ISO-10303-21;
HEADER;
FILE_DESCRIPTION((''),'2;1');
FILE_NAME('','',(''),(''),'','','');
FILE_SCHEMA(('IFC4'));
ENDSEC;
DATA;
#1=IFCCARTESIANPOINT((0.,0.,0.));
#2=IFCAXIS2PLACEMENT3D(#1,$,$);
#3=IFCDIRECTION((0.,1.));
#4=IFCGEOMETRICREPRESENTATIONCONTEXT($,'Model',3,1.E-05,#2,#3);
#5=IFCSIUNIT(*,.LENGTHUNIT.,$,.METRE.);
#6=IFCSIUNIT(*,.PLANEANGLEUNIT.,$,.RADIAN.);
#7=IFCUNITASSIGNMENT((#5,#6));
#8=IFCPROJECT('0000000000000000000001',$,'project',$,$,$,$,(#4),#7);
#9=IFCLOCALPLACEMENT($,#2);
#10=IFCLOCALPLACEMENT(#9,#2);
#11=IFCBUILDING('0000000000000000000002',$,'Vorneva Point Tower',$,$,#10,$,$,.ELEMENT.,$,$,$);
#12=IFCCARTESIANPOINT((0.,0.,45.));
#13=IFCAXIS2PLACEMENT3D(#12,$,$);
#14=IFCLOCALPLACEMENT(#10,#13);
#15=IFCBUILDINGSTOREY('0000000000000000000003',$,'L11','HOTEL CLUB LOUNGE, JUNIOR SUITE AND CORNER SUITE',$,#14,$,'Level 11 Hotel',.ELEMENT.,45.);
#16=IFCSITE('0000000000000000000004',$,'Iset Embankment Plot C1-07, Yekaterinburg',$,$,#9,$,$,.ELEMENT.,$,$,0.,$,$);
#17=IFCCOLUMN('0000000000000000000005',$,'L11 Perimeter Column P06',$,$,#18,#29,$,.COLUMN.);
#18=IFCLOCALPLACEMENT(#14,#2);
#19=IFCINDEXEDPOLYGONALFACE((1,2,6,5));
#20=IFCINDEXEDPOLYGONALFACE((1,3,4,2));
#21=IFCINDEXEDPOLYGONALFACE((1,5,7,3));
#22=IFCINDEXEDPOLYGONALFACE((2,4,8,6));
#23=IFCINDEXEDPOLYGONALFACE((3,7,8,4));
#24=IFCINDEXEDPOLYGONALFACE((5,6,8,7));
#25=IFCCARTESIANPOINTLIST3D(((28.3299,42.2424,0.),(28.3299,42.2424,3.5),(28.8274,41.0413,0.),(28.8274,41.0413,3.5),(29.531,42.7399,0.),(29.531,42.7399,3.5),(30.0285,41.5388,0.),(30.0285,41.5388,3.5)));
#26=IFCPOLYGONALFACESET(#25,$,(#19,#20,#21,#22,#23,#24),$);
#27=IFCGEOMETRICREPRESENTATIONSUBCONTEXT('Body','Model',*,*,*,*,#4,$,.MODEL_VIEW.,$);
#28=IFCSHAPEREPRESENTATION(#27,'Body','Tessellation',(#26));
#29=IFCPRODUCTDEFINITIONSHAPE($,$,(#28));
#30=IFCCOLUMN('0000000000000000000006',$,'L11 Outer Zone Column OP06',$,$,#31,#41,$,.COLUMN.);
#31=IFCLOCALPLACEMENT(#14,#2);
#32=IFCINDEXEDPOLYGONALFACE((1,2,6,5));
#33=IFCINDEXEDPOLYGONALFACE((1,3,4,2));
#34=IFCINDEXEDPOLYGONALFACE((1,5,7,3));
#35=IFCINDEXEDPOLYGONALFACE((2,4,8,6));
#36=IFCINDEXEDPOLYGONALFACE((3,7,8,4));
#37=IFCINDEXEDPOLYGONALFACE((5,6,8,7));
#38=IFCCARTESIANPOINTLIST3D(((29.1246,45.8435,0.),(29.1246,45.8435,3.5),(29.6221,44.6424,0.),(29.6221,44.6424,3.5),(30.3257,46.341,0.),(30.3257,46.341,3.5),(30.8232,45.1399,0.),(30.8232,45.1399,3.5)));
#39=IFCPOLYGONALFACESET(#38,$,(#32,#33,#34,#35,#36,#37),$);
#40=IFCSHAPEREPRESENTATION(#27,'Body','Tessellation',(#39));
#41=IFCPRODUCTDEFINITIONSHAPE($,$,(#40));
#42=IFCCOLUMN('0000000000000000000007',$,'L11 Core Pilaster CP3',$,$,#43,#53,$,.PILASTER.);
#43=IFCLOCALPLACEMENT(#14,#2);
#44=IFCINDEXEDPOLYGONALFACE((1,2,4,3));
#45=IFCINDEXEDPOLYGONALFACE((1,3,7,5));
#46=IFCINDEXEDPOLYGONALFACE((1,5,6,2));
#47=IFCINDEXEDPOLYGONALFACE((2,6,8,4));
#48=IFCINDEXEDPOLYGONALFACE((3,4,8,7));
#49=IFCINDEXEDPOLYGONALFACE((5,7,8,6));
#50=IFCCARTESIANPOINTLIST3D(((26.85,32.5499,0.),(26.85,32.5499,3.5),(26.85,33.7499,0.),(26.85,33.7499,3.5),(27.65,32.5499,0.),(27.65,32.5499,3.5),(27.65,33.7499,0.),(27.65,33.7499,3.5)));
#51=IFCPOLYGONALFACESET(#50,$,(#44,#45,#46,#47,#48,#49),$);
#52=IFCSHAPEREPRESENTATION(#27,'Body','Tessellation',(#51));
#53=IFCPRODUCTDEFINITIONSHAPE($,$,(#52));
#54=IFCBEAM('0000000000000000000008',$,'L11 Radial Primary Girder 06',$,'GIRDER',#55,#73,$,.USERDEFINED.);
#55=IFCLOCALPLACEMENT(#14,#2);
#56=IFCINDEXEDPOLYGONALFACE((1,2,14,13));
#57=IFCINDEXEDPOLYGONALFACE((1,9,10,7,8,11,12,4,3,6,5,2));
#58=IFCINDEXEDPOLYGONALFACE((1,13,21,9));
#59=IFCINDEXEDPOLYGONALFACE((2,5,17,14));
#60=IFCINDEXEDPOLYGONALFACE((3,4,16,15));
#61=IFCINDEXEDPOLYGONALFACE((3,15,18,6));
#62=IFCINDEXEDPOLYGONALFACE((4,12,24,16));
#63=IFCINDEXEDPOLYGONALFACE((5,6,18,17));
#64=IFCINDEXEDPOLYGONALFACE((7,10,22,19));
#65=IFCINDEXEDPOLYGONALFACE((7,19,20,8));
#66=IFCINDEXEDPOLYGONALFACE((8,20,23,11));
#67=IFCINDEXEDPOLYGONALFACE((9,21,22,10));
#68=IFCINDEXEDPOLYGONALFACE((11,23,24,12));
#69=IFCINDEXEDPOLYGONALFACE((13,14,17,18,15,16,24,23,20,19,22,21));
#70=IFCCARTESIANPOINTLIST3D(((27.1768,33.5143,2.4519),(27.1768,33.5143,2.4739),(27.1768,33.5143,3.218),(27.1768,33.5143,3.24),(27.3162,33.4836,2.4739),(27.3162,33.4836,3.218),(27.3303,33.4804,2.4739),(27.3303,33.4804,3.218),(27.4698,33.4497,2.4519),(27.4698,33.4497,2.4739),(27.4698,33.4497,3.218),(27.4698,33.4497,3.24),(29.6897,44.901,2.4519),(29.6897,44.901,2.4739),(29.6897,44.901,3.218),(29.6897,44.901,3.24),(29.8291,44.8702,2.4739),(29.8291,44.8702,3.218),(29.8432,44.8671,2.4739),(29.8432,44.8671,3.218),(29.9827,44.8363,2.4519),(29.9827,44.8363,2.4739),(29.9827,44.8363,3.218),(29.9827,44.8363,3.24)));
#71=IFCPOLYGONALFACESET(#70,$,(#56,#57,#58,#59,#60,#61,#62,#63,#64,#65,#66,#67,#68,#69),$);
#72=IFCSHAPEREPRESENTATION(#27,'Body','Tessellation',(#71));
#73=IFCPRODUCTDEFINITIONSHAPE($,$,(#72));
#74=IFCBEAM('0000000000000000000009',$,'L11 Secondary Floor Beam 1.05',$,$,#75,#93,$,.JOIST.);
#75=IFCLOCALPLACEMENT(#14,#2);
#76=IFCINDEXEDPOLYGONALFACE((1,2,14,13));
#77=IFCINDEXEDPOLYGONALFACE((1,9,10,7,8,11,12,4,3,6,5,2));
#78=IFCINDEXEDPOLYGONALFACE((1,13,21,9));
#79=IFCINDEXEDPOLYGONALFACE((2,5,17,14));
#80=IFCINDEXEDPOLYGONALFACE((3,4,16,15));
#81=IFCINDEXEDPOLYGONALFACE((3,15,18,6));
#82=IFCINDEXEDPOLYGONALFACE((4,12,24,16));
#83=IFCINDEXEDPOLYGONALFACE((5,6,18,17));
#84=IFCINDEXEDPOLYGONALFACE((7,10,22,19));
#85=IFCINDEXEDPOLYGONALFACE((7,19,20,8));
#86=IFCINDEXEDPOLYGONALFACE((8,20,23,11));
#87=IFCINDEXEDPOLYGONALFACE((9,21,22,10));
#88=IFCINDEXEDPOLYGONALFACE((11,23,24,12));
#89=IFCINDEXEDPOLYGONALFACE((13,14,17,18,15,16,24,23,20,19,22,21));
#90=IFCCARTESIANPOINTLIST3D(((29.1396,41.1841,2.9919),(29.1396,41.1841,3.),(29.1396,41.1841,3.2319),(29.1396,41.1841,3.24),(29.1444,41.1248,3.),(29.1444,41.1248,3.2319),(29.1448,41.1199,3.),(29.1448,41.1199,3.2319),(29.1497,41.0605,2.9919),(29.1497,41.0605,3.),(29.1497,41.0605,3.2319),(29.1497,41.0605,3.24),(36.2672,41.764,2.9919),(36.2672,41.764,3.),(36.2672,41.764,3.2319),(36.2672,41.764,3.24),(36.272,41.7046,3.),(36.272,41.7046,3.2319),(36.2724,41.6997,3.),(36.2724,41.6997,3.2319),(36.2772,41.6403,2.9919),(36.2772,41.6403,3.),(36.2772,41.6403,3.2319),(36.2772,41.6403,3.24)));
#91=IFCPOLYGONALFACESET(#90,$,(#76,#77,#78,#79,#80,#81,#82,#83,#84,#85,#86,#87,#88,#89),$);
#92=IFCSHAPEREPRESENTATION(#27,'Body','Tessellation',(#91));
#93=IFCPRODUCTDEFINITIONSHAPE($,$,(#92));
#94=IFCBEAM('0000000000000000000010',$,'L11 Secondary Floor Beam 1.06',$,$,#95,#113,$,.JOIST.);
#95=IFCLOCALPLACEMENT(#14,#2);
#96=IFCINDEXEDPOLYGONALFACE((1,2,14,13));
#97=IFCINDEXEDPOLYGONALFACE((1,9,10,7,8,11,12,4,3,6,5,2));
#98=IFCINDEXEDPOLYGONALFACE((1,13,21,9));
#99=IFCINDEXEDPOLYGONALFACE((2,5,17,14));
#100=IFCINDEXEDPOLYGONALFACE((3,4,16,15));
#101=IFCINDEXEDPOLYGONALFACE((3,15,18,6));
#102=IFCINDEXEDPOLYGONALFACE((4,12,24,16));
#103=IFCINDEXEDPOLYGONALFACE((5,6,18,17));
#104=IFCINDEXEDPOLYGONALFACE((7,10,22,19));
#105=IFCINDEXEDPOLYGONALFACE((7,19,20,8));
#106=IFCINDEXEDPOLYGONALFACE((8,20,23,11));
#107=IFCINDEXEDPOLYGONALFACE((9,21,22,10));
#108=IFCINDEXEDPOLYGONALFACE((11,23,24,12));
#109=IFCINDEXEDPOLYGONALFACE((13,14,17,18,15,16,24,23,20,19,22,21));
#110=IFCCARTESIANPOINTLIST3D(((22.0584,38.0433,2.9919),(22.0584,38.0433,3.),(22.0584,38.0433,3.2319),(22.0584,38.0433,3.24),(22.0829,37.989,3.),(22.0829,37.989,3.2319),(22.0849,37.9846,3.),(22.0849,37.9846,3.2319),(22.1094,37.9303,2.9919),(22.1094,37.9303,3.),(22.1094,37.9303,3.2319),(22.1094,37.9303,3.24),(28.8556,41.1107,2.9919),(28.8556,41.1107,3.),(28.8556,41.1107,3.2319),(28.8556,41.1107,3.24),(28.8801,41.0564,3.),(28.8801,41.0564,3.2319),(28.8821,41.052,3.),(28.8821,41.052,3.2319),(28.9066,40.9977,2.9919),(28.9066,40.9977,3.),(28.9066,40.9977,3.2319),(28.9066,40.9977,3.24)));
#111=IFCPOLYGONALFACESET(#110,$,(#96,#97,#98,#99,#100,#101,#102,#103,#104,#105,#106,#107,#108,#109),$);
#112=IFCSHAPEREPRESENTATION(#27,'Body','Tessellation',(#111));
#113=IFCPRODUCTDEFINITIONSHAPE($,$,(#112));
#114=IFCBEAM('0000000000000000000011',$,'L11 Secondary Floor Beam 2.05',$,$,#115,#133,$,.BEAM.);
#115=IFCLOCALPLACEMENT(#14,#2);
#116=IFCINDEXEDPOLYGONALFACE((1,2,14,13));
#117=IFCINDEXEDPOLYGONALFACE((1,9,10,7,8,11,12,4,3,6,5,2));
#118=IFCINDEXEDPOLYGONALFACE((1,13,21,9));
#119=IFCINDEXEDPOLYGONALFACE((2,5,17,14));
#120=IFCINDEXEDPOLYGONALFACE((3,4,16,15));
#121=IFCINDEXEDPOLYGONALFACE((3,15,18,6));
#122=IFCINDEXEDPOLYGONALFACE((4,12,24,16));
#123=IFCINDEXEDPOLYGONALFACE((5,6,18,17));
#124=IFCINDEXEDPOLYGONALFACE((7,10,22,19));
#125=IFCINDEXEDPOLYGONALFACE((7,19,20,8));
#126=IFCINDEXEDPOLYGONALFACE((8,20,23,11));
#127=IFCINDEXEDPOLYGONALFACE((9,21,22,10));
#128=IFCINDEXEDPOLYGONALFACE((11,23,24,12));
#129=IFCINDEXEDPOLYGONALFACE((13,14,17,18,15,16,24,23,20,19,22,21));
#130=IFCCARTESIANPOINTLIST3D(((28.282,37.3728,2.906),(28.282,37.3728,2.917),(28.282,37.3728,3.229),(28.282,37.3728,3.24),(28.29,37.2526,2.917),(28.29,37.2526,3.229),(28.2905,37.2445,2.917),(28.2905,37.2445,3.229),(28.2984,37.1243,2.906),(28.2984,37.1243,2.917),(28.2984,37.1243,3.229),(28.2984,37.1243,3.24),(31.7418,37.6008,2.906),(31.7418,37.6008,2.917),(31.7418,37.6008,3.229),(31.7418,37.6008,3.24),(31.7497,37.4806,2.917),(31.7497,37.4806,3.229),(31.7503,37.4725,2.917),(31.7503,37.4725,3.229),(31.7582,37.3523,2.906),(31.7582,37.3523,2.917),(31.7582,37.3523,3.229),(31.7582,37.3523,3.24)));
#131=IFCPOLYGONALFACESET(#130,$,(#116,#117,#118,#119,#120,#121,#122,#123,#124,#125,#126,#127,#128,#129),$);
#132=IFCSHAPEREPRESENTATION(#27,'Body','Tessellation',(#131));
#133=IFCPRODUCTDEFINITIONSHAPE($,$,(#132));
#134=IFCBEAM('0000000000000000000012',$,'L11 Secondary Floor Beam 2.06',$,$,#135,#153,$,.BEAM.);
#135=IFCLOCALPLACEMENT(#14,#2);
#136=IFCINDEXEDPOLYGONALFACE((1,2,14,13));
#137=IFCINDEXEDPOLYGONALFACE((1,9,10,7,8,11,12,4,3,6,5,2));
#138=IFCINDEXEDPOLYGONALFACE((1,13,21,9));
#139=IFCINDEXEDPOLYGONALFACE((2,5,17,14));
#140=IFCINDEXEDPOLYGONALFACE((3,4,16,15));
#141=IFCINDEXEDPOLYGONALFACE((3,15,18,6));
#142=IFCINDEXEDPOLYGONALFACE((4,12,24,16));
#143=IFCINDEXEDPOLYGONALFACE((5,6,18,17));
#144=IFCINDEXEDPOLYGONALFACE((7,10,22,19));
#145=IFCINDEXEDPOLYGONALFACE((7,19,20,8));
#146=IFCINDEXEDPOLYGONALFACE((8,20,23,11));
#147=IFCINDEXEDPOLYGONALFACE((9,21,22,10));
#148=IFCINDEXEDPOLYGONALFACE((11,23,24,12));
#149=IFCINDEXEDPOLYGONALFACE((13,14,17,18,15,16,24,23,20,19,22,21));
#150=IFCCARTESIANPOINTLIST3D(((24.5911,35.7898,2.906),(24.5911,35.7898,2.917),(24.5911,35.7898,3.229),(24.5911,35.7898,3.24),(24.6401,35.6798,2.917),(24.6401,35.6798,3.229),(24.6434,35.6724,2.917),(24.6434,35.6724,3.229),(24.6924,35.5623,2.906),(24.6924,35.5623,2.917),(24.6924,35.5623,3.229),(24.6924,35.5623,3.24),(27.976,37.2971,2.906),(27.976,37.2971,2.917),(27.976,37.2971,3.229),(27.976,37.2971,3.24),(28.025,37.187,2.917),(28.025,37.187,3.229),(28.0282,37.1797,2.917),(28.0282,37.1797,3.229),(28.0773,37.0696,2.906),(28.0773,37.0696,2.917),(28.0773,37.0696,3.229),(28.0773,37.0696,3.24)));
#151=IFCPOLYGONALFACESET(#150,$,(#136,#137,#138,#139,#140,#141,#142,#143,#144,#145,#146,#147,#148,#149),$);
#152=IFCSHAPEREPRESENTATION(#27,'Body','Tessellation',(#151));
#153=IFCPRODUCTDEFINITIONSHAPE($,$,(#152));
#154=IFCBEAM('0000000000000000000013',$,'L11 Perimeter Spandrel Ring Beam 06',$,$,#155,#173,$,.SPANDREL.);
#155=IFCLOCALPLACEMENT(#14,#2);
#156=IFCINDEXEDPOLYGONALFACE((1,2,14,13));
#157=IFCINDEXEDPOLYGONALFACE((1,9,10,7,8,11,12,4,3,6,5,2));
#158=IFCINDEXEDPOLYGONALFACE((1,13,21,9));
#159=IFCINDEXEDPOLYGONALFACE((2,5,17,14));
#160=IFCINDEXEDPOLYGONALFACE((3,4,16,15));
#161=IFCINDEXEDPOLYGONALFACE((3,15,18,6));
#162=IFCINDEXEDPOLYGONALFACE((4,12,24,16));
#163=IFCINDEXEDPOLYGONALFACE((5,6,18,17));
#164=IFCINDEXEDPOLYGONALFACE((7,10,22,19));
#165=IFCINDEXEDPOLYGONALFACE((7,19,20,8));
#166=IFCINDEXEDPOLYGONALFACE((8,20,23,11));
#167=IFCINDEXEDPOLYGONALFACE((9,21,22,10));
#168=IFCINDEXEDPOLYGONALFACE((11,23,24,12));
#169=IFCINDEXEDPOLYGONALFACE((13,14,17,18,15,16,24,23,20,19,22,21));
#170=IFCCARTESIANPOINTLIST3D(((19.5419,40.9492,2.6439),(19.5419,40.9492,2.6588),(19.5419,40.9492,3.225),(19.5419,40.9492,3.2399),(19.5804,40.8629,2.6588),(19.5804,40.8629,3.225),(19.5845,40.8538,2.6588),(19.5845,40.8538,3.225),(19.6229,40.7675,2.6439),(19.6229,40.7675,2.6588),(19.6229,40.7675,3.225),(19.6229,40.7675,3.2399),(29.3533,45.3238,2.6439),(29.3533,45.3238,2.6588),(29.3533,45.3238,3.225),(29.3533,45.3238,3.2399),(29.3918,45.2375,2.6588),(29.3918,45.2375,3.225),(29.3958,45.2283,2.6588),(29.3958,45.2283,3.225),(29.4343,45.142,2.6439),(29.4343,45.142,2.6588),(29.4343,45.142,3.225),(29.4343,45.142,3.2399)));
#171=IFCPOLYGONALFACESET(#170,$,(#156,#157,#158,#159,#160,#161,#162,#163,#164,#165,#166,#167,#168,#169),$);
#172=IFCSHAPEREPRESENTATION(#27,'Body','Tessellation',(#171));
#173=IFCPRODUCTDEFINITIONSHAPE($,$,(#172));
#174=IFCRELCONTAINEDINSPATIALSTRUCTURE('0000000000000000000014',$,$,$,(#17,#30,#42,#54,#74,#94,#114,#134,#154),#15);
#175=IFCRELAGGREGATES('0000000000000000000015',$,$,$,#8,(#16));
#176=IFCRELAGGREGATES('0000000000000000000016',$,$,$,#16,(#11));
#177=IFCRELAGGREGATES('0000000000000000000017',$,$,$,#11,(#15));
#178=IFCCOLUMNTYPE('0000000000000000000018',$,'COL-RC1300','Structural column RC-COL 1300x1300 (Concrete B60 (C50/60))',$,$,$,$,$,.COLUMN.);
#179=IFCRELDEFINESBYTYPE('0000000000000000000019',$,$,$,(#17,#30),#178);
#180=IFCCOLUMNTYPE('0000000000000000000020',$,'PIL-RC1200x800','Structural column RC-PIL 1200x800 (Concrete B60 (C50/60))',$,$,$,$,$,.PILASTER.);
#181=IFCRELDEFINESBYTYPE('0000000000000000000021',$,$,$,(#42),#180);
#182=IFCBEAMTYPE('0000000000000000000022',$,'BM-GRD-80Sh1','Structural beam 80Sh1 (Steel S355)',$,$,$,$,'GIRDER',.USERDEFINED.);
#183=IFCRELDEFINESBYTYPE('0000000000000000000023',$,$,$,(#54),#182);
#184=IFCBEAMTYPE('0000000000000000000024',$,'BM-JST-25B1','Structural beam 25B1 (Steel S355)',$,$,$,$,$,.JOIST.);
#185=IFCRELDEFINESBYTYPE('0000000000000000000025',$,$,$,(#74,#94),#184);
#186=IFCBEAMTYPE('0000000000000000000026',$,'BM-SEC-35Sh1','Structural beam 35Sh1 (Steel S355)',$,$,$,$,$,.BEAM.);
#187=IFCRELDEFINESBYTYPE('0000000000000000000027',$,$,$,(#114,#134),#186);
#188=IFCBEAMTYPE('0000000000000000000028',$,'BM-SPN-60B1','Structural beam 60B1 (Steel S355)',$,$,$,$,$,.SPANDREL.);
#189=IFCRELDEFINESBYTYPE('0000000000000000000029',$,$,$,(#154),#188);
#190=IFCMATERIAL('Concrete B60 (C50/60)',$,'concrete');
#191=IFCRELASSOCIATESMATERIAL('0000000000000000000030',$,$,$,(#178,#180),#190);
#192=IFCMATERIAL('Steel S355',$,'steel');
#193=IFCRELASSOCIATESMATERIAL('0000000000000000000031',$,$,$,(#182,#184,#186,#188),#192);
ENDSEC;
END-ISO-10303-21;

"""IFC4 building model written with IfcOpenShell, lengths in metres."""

from ifc_helpers import new_model, si_unit, direction, frame, origin, origin_2d, place, context, subcontext, project, spatial, rectangle, i_section, extrude, material, material_profile, profile_set, type_object, element, save


model = new_model("IFC4")

# Units and contexts
model_context = context("Model", 3, precision=1e-05, world=origin(), true_north=direction((0.0, 1.0)))
body_context = subcontext(model_context, "Body", "Model", "MODEL_VIEW")
ifc_project = project(units=[si_unit("LENGTHUNIT", "METRE"), si_unit("PLANEANGLEUNIT", "RADIAN")], contexts=[model_context])

# Site, building, storey
site_placement = place(None, origin())
site = spatial("IfcSite", under=ifc_project, at=site_placement, Name="Iset Embankment Plot C1-07, Yekaterinburg", CompositionType="ELEMENT", RefElevation=0.0)
building_placement = place(site_placement, origin())
building = spatial("IfcBuilding", under=site, at=building_placement, Name="Vorneva Point Tower", CompositionType="ELEMENT")
storey_placement = place(building_placement, frame((0.0, 0.0, 45.0)))
storey = spatial("IfcBuildingStorey", under=building, at=storey_placement, Name="L11", Description="HOTEL CLUB LOUNGE, JUNIOR SUITE AND CORNER SUITE", LongName="Level 11 Hotel", CompositionType="ELEMENT", Elevation=45.0)

# Columns
ifc_material_1 = material(Name="Concrete B60 (C50/60)", Category="concrete")
ifc_material_profile_1 = material_profile(ifc_material_1, rectangle(XDim=1.3, YDim=1.3, at=origin_2d()), Name="RC-COL 1300x1300")
ifc_profile_set_1 = profile_set([ifc_material_profile_1], Name="Concrete B60 (C50/60)")
column_type_1 = type_object("IfcColumnType", Name="COL-RC1300", Description="Structural column RC-COL 1300x1300 (Concrete B60 (C50/60))", PredefinedType="COLUMN", material=ifc_profile_set_1)
for number, where, z_axis, x_axis, name in (
    (1, (29.1792, 41.8906, 0.0), (0.0, 0.0, 1.0), (-0.382683, 0.92388, 0.0), "L11 Perimeter Column P06"),
    (2, (29.9739, 45.4917, 0.0), (0.0, 0.0, 1.0), (-0.382683, 0.92388, 0.0), "L11 Outer Zone Column OP06"),
):
    element("IfcColumn", number, at=place(storey_placement, frame(where, z_axis=z_axis, x_axis=x_axis)), inside=storey, type_object=column_type_1, Name=name, PredefinedType="COLUMN", context=body_context, shape_type="SweptSolid", body=[
        extrude(rectangle(XDim=1.3, YDim=1.3, at=origin_2d()), origin(), (0.0, 0.0, 1.0), 3.5),
    ])
ifc_material_profile_2 = material_profile(ifc_material_1, rectangle(XDim=0.8, YDim=1.2, at=origin_2d()), Name="RC-PIL 1200x800")
ifc_profile_set_2 = profile_set([ifc_material_profile_2], Name="Concrete B60 (C50/60)")
column_type_2 = type_object("IfcColumnType", Name="PIL-RC1200x800", Description="Structural column RC-PIL 1200x800 (Concrete B60 (C50/60))", PredefinedType="PILASTER", material=ifc_profile_set_2)
column_placement = place(storey_placement, frame((27.25, 33.1499, 0.0), z_axis=(0.0, 0.0, 1.0), x_axis=(1.0, 0.0, 0.0)))
element("IfcColumn", 3, at=column_placement, inside=storey, type_object=column_type_2, Name="L11 Core Pilaster CP3", PredefinedType="PILASTER", context=body_context, shape_type="SweptSolid", body=[
    extrude(rectangle(XDim=0.8, YDim=1.2, at=origin_2d()), origin(), (0.0, 0.0, 1.0), 3.5),
])

# Beams
ifc_material_2 = material(Name="Steel S355", Category="steel")
ifc_material_profile_3 = material_profile(ifc_material_2, i_section(OverallWidth=0.3, OverallDepth=0.7881, WebThickness=0.0144, FlangeThickness=0.022, at=origin_2d()), Name="80Sh1")
ifc_profile_set_3 = profile_set([ifc_material_profile_3], Name="Steel S355")
beam_type_1 = type_object("IfcBeamType", Name="BM-GRD-80Sh1", Description="Structural beam 80Sh1 (Steel S355)", ElementType="GIRDER", PredefinedType="USERDEFINED", material=ifc_profile_set_3)
beam_1_placement = place(storey_placement, frame((29.8362, 44.8687, 2.8459), z_axis=(-0.215505, -0.976503, 0.0), x_axis=(0.976503, -0.215505, 0.0)))
element("IfcBeam", 4, at=beam_1_placement, inside=storey, type_object=beam_type_1, Name="L11 Radial Primary Girder 06", ObjectType="GIRDER", PredefinedType="USERDEFINED", context=body_context, shape_type="SweptSolid", body=[
    extrude(i_section(OverallWidth=0.3, OverallDepth=0.7881, WebThickness=0.0144, FlangeThickness=0.022, at=origin_2d()), origin(), (0.0, 0.0, 1.0), 11.6606),
])
ifc_material_profile_4 = material_profile(ifc_material_2, i_section(OverallWidth=0.124, OverallDepth=0.248, WebThickness=0.0049, FlangeThickness=0.0081, at=origin_2d()), Name="25B1")
ifc_profile_set_4 = profile_set([ifc_material_profile_4], Name="Steel S355")
beam_type_2 = type_object("IfcBeamType", Name="BM-JST-25B1", Description="Structural beam 25B1 (Steel S355)", PredefinedType="JOIST", material=ifc_profile_set_4)
beam_2_placement = place(storey_placement, frame((36.2722, 41.7021, 3.116), z_axis=(-0.996707, -0.081082, 0.0), x_axis=(0.081082, -0.996707, 0.0)))
element("IfcBeam", 5, at=beam_2_placement, inside=storey, type_object=beam_type_2, Name="L11 Secondary Floor Beam 1.05", PredefinedType="JOIST", context=body_context, shape_type="SweptSolid", body=[
    extrude(i_section(OverallWidth=0.124, OverallDepth=0.248, WebThickness=0.0049, FlangeThickness=0.0081, at=origin_2d()), origin(), (0.0, 0.0, 1.0), 7.1511),
])
beam_3_placement = place(storey_placement, frame((28.8811, 41.0542, 3.116), z_axis=(-0.911485, -0.411332, 0.0), x_axis=(0.411332, -0.911485, 0.0)))
element("IfcBeam", 6, at=beam_3_placement, inside=storey, type_object=beam_type_2, Name="L11 Secondary Floor Beam 1.06", PredefinedType="JOIST", context=body_context, shape_type="SweptSolid", body=[
    extrude(i_section(OverallWidth=0.124, OverallDepth=0.248, WebThickness=0.0049, FlangeThickness=0.0081, at=origin_2d()), origin(), (0.0, 0.0, 1.0), 7.4573),
])
ifc_material_profile_5 = material_profile(ifc_material_2, i_section(OverallWidth=0.249, OverallDepth=0.334, WebThickness=0.0081, FlangeThickness=0.011, at=origin_2d()), Name="35Sh1")
ifc_profile_set_5 = profile_set([ifc_material_profile_5], Name="Steel S355")
beam_type_3 = type_object("IfcBeamType", Name="BM-SEC-35Sh1", Description="Structural beam 35Sh1 (Steel S355)", PredefinedType="BEAM", material=ifc_profile_set_5)
beam_4_placement = place(storey_placement, frame((31.75, 37.4766, 3.073), z_axis=(-0.997835, -0.065767, 0.0), x_axis=(0.065767, -0.997835, 0.0)))
element("IfcBeam", 7, at=beam_4_placement, inside=storey, type_object=beam_type_3, Name="L11 Secondary Floor Beam 2.05", PredefinedType="BEAM", context=body_context, shape_type="SweptSolid", body=[
    extrude(i_section(OverallWidth=0.249, OverallDepth=0.334, WebThickness=0.0081, FlangeThickness=0.011, at=origin_2d()), origin(), (0.0, 0.0, 1.0), 3.4673),
])
beam_5_placement = place(storey_placement, frame((28.0266, 37.1833, 3.073), z_axis=(-0.913523, -0.406786, 0.0), x_axis=(0.406786, -0.913523, 0.0)))
element("IfcBeam", 8, at=beam_5_placement, inside=storey, type_object=beam_type_3, Name="L11 Secondary Floor Beam 2.06", PredefinedType="BEAM", context=body_context, shape_type="SweptSolid", body=[
    extrude(i_section(OverallWidth=0.249, OverallDepth=0.334, WebThickness=0.0081, FlangeThickness=0.011, at=origin_2d()), origin(), (0.0, 0.0, 1.0), 3.7053),
])
ifc_material_profile_6 = material_profile(ifc_material_2, i_section(OverallWidth=0.199, OverallDepth=0.5959, WebThickness=0.01, FlangeThickness=0.0149, at=origin_2d()), Name="60B1")
ifc_profile_set_6 = profile_set([ifc_material_profile_6], Name="Steel S355")
beam_type_4 = type_object("IfcBeamType", Name="BM-SPN-60B1", Description="Structural beam 60B1 (Steel S355)", PredefinedType="SPANDREL", material=ifc_profile_set_6)
beam_6_placement = place(storey_placement, frame((29.3938, 45.2329, 2.9419), z_axis=(-0.913329, -0.407222, 0.0), x_axis=(0.407222, -0.913329, 0.0)))
element("IfcBeam", 9, at=beam_6_placement, inside=storey, type_object=beam_type_4, Name="L11 Perimeter Spandrel Ring Beam 06", PredefinedType="SPANDREL", context=body_context, shape_type="SweptSolid", body=[
    extrude(i_section(OverallWidth=0.199, OverallDepth=0.5959, WebThickness=0.01, FlangeThickness=0.0149, at=origin_2d()), origin(), (0.0, 0.0, 1.0), 10.7424),
])

save(model, "model.ifc")
